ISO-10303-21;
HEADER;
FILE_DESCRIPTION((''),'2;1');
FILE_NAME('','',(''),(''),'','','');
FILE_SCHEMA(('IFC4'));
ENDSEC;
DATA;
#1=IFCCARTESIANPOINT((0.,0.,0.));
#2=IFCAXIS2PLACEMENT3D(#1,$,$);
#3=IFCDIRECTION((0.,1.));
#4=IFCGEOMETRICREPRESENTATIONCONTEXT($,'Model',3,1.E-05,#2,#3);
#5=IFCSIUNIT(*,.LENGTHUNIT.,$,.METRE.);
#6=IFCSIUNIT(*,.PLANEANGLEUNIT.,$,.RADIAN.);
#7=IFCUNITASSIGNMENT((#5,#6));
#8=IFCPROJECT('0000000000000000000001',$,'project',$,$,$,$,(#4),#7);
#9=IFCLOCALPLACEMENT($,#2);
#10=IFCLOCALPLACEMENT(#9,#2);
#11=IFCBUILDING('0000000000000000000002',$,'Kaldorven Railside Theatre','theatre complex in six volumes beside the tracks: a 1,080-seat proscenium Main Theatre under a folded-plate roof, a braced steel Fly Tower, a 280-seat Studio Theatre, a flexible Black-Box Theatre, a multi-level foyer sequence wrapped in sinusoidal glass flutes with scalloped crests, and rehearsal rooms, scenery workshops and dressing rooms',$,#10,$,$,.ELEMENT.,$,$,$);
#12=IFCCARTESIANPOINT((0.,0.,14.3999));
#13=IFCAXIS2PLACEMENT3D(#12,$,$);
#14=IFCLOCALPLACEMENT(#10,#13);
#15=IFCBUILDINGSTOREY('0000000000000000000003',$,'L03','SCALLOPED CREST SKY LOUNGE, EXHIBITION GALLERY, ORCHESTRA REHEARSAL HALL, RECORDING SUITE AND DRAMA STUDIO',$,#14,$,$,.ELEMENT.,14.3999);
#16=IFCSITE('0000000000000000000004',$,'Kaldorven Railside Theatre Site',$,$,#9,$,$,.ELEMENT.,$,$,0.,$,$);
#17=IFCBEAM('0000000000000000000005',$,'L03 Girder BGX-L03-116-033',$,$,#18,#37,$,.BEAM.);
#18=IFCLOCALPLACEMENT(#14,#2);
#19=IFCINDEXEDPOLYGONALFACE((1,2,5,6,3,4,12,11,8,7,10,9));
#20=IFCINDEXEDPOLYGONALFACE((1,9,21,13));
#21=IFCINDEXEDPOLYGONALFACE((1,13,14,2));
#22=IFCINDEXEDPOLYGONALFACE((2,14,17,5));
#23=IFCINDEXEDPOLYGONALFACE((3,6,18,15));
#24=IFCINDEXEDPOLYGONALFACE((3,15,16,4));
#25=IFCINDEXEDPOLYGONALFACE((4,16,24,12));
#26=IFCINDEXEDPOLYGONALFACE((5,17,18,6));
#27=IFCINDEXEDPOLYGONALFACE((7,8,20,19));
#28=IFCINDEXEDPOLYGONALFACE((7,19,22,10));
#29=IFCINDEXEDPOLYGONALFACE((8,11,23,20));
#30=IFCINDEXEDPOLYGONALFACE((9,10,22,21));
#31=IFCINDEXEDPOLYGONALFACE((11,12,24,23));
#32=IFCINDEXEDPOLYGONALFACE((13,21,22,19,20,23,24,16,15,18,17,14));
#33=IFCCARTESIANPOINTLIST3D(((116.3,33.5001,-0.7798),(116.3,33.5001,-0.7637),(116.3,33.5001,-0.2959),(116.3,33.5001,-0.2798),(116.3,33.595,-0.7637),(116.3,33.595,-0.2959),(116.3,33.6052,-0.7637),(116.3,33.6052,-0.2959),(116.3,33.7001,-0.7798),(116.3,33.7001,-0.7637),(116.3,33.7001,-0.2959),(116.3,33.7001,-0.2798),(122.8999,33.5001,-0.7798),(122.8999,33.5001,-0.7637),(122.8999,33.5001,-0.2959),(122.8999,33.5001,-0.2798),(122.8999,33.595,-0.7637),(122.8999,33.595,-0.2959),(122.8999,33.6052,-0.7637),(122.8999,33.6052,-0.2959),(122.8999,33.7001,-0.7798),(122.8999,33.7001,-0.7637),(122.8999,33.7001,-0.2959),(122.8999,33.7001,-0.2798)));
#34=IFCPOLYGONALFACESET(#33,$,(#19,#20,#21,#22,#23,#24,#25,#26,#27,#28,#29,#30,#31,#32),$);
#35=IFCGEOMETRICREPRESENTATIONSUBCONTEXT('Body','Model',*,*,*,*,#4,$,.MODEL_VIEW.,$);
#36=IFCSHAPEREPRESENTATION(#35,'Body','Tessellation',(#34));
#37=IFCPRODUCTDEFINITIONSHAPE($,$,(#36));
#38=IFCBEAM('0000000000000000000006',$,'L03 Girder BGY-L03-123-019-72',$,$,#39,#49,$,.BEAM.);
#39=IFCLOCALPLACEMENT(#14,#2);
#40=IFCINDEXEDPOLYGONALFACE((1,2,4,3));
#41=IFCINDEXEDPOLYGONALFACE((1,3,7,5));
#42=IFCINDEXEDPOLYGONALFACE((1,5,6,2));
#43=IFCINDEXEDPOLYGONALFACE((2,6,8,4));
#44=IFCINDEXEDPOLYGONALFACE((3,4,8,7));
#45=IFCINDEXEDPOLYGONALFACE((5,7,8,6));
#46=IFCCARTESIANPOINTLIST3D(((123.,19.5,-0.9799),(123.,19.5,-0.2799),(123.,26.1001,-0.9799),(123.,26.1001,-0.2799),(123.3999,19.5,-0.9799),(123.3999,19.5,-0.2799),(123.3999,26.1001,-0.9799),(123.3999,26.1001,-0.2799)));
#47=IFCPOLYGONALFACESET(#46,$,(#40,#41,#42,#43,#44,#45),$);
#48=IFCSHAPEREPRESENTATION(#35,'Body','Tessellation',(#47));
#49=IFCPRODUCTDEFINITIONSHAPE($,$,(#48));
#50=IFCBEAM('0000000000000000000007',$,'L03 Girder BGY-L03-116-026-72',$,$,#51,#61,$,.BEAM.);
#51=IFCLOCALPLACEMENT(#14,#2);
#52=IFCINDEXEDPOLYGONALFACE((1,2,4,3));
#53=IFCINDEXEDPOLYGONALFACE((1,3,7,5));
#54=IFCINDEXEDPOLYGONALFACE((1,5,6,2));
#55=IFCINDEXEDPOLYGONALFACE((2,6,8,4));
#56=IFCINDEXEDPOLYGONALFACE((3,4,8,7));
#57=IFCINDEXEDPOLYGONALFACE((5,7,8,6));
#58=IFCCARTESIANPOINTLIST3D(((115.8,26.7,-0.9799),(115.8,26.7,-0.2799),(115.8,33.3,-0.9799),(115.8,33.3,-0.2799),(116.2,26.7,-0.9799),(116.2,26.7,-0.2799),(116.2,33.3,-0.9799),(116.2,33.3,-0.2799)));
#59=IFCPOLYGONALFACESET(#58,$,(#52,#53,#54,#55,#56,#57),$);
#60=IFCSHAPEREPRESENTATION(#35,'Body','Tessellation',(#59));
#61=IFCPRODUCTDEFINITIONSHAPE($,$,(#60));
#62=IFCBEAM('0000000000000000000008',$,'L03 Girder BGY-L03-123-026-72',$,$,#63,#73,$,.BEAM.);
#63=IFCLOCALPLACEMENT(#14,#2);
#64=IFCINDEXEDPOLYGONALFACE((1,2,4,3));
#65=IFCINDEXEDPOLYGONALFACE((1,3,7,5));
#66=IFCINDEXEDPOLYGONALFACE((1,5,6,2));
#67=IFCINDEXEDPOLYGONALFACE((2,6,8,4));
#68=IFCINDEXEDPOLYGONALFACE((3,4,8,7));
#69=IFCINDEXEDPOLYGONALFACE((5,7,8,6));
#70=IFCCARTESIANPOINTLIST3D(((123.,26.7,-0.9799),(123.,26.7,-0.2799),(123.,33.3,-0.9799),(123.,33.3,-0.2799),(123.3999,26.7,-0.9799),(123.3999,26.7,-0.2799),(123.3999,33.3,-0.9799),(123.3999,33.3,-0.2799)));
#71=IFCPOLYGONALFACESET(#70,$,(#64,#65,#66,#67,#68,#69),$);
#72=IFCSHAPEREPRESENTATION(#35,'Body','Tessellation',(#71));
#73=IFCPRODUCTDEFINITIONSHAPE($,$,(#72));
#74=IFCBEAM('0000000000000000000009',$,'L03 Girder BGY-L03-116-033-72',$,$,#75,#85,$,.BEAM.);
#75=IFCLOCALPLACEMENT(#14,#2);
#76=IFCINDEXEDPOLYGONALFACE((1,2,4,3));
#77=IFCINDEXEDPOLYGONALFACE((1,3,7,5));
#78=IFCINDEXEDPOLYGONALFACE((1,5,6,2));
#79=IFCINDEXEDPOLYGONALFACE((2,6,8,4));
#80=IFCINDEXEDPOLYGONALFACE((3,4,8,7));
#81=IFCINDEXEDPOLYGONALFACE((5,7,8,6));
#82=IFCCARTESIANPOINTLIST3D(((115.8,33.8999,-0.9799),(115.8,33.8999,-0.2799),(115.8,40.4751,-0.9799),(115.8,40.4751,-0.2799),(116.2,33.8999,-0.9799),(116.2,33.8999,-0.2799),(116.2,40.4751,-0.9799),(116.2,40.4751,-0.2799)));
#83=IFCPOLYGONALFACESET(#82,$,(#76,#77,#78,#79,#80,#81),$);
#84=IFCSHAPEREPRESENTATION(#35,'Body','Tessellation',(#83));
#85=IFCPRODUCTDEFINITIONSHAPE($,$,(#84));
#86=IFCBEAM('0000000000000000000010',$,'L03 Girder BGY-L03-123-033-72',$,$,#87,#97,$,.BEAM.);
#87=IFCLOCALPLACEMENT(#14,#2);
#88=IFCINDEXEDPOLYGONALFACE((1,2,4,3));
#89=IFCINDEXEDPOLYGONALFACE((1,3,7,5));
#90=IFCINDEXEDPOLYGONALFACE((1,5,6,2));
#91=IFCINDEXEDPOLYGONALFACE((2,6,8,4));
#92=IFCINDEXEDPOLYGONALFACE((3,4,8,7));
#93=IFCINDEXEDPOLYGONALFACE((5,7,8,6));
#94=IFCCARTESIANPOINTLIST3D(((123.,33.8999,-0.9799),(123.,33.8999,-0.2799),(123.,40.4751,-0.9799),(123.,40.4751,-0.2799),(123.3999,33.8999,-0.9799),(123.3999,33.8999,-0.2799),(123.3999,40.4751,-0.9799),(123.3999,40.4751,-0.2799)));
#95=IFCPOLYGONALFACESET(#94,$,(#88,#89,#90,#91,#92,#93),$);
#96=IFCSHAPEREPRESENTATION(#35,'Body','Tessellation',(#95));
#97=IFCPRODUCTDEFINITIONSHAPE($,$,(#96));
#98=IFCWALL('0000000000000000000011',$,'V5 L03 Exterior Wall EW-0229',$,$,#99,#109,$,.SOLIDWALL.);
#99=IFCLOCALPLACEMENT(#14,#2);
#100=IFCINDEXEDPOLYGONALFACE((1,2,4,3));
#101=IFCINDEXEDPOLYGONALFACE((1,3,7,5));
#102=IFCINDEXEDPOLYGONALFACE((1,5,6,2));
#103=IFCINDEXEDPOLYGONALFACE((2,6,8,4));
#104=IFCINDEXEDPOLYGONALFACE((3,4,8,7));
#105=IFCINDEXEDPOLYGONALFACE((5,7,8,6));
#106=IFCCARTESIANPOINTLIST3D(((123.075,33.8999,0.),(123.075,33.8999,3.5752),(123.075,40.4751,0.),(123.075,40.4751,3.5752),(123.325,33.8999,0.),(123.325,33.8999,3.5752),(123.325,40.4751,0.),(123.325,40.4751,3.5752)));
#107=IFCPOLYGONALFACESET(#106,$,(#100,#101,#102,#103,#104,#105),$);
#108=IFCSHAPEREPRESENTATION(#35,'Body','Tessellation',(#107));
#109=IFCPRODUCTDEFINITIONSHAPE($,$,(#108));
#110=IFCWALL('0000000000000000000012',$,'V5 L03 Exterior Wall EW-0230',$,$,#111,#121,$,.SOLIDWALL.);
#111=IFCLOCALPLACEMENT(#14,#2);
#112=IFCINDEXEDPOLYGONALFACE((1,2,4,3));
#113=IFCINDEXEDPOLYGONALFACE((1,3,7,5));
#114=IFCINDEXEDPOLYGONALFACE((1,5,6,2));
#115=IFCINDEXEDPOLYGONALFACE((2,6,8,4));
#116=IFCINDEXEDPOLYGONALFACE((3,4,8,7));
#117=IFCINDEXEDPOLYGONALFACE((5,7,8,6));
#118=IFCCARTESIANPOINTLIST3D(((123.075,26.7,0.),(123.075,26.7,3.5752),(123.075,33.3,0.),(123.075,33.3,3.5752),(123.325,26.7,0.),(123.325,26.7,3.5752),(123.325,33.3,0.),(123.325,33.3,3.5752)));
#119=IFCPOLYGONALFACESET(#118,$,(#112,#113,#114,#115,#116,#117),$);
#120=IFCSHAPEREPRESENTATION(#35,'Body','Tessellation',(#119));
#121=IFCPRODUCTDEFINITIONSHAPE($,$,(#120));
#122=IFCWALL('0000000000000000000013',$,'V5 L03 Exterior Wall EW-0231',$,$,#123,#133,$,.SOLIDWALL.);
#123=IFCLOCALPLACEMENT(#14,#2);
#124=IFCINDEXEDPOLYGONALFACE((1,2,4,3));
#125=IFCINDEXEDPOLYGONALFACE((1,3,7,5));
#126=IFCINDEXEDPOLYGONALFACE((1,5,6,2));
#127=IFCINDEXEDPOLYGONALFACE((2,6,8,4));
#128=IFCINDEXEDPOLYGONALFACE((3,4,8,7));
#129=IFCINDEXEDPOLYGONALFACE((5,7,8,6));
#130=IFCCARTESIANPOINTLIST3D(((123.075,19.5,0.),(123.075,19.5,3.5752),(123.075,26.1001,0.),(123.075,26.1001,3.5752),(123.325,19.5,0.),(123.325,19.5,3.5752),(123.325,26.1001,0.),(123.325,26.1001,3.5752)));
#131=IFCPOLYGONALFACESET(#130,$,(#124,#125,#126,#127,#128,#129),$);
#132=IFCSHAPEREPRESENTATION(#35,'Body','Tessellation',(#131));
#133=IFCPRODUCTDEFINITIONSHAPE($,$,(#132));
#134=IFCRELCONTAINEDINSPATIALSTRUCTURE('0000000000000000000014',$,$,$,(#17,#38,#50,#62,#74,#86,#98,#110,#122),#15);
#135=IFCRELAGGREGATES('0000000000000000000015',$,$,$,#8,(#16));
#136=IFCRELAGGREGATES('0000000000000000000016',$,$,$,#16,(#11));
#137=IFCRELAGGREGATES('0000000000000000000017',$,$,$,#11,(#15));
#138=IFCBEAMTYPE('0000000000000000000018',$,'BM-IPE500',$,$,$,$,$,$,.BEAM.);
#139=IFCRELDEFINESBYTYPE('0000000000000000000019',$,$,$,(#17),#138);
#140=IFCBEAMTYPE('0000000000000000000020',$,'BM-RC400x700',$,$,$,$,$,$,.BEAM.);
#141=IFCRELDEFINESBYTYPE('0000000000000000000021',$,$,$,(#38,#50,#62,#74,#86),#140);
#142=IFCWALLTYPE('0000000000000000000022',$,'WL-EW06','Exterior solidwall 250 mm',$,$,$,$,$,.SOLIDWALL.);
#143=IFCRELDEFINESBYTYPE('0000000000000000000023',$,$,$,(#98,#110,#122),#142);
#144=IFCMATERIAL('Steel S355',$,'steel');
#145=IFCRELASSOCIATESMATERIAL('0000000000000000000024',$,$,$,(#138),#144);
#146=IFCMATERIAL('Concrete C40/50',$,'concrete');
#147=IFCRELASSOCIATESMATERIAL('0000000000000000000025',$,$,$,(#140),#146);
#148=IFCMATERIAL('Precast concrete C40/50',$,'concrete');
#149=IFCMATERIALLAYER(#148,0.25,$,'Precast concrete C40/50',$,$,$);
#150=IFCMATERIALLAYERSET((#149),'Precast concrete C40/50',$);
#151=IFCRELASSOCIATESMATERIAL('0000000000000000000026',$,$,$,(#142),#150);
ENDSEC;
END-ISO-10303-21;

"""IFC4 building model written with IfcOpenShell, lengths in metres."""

from ifc_helpers import new_model, si_unit, direction, frame, frame_2d, origin, origin_2d, place, context, subcontext, project, spatial, rectangle, i_section, extrude, material, layer, layer_set, material_profile, profile_set, type_object, element, save


model = new_model("IFC4")

# Units and contexts
model_context = context("Model", 3, precision=1e-05, world=origin(), true_north=direction((0.0, 1.0)))
body_context = subcontext(model_context, "Body", "Model", "MODEL_VIEW")
ifc_project = project(units=[si_unit("LENGTHUNIT", "METRE"), si_unit("PLANEANGLEUNIT", "RADIAN")], contexts=[model_context])

# Site, building, storey
site_placement = place(None, origin())
site = spatial("IfcSite", under=ifc_project, at=site_placement, Name="Kaldorven Railside Theatre Site", CompositionType="ELEMENT", RefElevation=0.0)
building_placement = place(site_placement, origin())
building = spatial("IfcBuilding", under=site, at=building_placement, Name="Kaldorven Railside Theatre", Description="theatre complex in six volumes beside the tracks: a 1,080-seat proscenium Main Theatre under a folded-plate roof, a braced steel Fly Tower, a 280-seat Studio Theatre, a flexible Black-Box Theatre, a multi-level foyer sequence wrapped in sinusoidal glass flutes with scalloped crests, and rehearsal rooms, scenery workshops and dressing rooms", CompositionType="ELEMENT")
storey_placement = place(building_placement, frame((0.0, 0.0, 14.3999)))
storey = spatial("IfcBuildingStorey", under=building, at=storey_placement, Name="L03", Description="SCALLOPED CREST SKY LOUNGE, EXHIBITION GALLERY, ORCHESTRA REHEARSAL HALL, RECORDING SUITE AND DRAMA STUDIO", CompositionType="ELEMENT", Elevation=14.3999)

# Shared definitions
ifc_material_1 = material(Name="Concrete C40/50", Category="concrete")

# Beams
ifc_material_2 = material(Name="Steel S355", Category="steel")
ifc_material_profile_1 = material_profile(ifc_material_2, i_section(OverallWidth=0.2, OverallDepth=0.5, WebThickness=0.0103, FlangeThickness=0.0161, at=origin_2d()), Name="IPE 500")
ifc_profile_set_1 = profile_set([ifc_material_profile_1], Name="Steel S355")
beam_type_1 = type_object("IfcBeamType", Name="BM-IPE500", PredefinedType="BEAM", material=ifc_profile_set_1)
for number, where, z_axis, x_axis, name in (
    (1, (116.3, 33.6001, -0.5298), (1.0, 0.0, 0.0), (0.0, 1.0, 0.0), "L03 Girder BGX-L03-116-033"),
):
    element("IfcBeam", number, at=place(storey_placement, frame(where, z_axis=z_axis, x_axis=x_axis)), inside=storey, type_object=beam_type_1, Name=name, PredefinedType="BEAM", context=body_context, shape_type="SweptSolid", body=[
        extrude(i_section(OverallWidth=0.2, OverallDepth=0.5, WebThickness=0.0103, FlangeThickness=0.0161, at=origin_2d()), origin(), (0.0, 0.0, 1.0), 6.5999),
    ])
ifc_material_profile_2 = material_profile(ifc_material_1, rectangle(XDim=0.3999, YDim=0.7, at=origin_2d()), Name="RC 400x700")
ifc_profile_set_2 = profile_set([ifc_material_profile_2], Name="Concrete C40/50")
beam_type_2 = type_object("IfcBeamType", Name="BM-RC400x700", PredefinedType="BEAM", material=ifc_profile_set_2)
for number, where, z_axis, x_axis, name in (
    (2, (123.2, 19.5, -0.6299), (0.0, 1.0, 0.0), (-1.0, 0.0, 0.0), "L03 Girder BGY-L03-123-019-72"),
    (3, (116.0, 26.7, -0.6299), (0.0, 1.0, 0.0), (-1.0, 0.0, 0.0), "L03 Girder BGY-L03-116-026-72"),
    (4, (123.2, 26.7, -0.6299), (0.0, 1.0, 0.0), (-1.0, 0.0, 0.0), "L03 Girder BGY-L03-123-026-72"),
):
    element("IfcBeam", number, at=place(storey_placement, frame(where, z_axis=z_axis, x_axis=x_axis)), inside=storey, type_object=beam_type_2, Name=name, PredefinedType="BEAM", context=body_context, shape_type="SweptSolid", body=[
        extrude(rectangle(XDim=0.3999, YDim=0.7, at=origin_2d()), origin(), (0.0, 0.0, 1.0), 6.6001),
    ])
for number, where, z_axis, x_axis, name in (
    (5, (116.0, 33.8999, -0.6299), (0.0, 1.0, 0.0), (-1.0, 0.0, 0.0), "L03 Girder BGY-L03-116-033-72"),
    (6, (123.2, 33.8999, -0.6299), (0.0, 1.0, 0.0), (-1.0, 0.0, 0.0), "L03 Girder BGY-L03-123-033-72"),
):
    element("IfcBeam", number, at=place(storey_placement, frame(where, z_axis=z_axis, x_axis=x_axis)), inside=storey, type_object=beam_type_2, Name=name, PredefinedType="BEAM", context=body_context, shape_type="SweptSolid", body=[
        extrude(rectangle(XDim=0.3999, YDim=0.7, at=origin_2d()), origin(), (0.0, 0.0, 1.0), 6.5752),
    ])

# Walls
ifc_material_3 = material(Name="Precast concrete C40/50", Category="concrete")
ifc_layer = layer(ifc_material_3, 0.25, Name="Precast concrete C40/50")
ifc_layer_set = layer_set([ifc_layer], Name="Precast concrete C40/50")
wall_type = type_object("IfcWallType", Name="WL-EW06", Description="Exterior solidwall 250 mm", PredefinedType="SOLIDWALL", material=ifc_layer_set)
wall_placement = place(storey_placement, frame((123.2, 40.4751, 0.0), z_axis=(0.0, 0.0, 1.0), x_axis=(0.0, -1.0, 0.0)))
element("IfcWall", 7, at=wall_placement, inside=storey, type_object=wall_type, Name="V5 L03 Exterior Wall EW-0229", PredefinedType="SOLIDWALL", context=body_context, shape_type="SweptSolid", body=[
    extrude(rectangle(XDim=6.5752, YDim=0.25, at=frame_2d((3.2876, 0.0))), origin(), (0.0, 0.0, 1.0), 3.5752),
])
for number, where, z_axis, x_axis, name in (
    (8, (123.2, 33.3, 0.0), (0.0, 0.0, 1.0), (0.0, -1.0, 0.0), "V5 L03 Exterior Wall EW-0230"),
    (9, (123.2, 26.1001, 0.0), (0.0, 0.0, 1.0), (0.0, -1.0, 0.0), "V5 L03 Exterior Wall EW-0231"),
):
    element("IfcWall", number, at=place(storey_placement, frame(where, z_axis=z_axis, x_axis=x_axis)), inside=storey, type_object=wall_type, Name=name, PredefinedType="SOLIDWALL", context=body_context, shape_type="SweptSolid", body=[
        extrude(rectangle(XDim=6.6001, YDim=0.25, at=frame_2d((3.3, 0.0))), origin(), (0.0, 0.0, 1.0), 3.5752),
    ])

save(model, "model.ifc")
